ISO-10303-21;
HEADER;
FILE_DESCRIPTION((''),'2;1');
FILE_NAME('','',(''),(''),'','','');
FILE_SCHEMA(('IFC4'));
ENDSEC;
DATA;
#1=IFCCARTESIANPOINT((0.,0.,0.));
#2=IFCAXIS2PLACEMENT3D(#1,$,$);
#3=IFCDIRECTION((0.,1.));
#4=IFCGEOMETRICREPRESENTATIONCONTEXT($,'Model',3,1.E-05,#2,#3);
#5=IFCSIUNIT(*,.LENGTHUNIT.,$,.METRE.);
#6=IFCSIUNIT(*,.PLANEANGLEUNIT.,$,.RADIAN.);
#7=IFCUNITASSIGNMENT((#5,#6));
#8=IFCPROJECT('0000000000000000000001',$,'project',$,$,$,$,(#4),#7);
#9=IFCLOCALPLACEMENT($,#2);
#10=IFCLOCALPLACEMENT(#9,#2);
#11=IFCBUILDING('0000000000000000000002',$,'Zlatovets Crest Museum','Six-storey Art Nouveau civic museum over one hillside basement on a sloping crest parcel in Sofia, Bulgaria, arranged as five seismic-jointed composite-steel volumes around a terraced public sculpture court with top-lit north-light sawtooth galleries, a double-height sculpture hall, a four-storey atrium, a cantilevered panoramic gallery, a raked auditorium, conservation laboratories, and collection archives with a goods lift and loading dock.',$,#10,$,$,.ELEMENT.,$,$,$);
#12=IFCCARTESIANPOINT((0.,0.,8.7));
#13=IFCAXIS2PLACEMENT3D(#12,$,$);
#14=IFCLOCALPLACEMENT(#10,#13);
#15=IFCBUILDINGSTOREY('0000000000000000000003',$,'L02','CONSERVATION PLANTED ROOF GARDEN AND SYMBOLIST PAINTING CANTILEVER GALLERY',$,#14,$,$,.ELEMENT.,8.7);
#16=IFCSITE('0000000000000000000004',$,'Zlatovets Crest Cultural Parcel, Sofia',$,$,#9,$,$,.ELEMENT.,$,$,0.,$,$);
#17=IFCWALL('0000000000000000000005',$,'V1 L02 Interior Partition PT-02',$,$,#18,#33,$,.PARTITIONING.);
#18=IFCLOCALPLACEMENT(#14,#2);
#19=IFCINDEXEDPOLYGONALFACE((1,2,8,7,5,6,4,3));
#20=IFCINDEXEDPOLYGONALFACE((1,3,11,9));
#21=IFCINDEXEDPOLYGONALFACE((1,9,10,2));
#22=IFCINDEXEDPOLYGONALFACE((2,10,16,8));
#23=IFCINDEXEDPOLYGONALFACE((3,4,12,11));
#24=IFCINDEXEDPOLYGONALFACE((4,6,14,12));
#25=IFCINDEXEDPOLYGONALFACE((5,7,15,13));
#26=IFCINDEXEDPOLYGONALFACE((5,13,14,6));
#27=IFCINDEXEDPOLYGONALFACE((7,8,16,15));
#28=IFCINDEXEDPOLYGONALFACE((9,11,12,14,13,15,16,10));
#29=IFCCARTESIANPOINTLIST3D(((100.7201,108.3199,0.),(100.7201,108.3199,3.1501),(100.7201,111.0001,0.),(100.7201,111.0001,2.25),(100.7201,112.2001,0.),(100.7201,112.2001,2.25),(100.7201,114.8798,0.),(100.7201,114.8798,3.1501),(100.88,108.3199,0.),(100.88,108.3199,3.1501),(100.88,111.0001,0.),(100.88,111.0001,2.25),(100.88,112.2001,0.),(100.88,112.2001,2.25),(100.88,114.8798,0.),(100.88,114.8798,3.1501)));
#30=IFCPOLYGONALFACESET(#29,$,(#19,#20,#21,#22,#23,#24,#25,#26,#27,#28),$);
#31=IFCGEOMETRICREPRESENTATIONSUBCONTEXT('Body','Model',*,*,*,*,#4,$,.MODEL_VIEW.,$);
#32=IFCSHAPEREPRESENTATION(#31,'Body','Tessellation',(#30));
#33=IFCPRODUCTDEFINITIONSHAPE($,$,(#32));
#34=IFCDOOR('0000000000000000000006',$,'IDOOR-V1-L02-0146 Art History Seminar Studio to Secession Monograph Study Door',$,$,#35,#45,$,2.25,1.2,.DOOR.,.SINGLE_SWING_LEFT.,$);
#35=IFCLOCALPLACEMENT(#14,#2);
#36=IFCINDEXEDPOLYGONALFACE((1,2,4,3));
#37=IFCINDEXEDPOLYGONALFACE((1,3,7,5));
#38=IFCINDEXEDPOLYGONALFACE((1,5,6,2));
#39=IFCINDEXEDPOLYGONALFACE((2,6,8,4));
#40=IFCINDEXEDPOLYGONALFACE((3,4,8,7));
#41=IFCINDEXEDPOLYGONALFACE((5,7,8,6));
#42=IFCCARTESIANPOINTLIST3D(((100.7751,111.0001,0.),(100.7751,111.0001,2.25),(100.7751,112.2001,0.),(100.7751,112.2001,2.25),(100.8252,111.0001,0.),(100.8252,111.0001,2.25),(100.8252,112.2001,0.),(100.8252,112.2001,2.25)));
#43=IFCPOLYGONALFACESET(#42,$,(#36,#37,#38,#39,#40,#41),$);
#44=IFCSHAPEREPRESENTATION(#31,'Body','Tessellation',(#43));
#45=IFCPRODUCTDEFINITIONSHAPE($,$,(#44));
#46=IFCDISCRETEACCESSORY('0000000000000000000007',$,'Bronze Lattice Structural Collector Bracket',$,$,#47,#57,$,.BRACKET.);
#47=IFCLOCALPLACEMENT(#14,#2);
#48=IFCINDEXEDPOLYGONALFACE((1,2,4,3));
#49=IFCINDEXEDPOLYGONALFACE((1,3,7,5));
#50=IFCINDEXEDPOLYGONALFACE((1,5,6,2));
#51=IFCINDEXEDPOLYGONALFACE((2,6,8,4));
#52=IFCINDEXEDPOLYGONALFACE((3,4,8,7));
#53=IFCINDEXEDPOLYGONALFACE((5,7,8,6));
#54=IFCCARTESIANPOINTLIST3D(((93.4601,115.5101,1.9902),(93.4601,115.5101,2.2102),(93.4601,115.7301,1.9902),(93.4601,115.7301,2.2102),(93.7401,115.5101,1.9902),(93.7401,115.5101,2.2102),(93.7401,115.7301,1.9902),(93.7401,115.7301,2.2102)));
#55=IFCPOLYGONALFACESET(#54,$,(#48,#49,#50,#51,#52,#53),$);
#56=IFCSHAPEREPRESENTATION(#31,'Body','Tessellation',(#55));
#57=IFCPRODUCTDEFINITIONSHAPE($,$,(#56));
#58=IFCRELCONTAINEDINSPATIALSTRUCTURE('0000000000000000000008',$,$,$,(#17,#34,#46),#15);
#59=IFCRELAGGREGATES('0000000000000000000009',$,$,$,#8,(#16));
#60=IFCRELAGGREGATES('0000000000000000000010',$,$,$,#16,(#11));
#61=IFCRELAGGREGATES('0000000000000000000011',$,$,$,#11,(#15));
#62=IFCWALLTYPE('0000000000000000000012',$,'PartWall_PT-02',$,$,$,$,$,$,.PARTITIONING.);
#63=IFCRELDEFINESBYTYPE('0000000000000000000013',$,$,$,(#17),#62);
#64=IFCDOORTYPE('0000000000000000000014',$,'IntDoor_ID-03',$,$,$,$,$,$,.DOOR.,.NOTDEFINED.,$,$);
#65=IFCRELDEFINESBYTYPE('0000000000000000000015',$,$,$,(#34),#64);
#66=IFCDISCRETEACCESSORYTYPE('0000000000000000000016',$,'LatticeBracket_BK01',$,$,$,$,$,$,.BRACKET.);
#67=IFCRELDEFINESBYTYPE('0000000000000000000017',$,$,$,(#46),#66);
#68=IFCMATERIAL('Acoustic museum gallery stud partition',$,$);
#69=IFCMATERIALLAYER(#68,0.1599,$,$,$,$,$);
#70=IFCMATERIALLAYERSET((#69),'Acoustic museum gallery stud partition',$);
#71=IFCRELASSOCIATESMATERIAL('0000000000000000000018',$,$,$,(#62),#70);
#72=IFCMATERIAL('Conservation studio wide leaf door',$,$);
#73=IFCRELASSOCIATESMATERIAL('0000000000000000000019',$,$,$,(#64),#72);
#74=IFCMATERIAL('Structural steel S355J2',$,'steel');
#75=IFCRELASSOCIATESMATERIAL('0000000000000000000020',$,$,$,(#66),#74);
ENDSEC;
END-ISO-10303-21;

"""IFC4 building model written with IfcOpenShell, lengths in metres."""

from ifc_helpers import new_model, si_unit, direction, frame, frame_2d, origin, origin_2d, place, context, subcontext, project, spatial, rectangle, extrude, material, layer, layer_set, type_object, element, fill, save


model = new_model("IFC4")

# Units and contexts
model_context = context("Model", 3, precision=1e-05, world=origin(), true_north=direction((0.0, 1.0)))
body_context = subcontext(model_context, "Body", "Model", "MODEL_VIEW")
ifc_project = project(units=[si_unit("LENGTHUNIT", "METRE"), si_unit("PLANEANGLEUNIT", "RADIAN")], contexts=[model_context])

# Site, building, storey
site_placement = place(None, origin())
site = spatial("IfcSite", under=ifc_project, at=site_placement, Name="Zlatovets Crest Cultural Parcel, Sofia", CompositionType="ELEMENT", RefElevation=0.0)
building_placement = place(site_placement, origin())
building = spatial("IfcBuilding", under=site, at=building_placement, Name="Zlatovets Crest Museum", Description="Six-storey Art Nouveau civic museum over one hillside basement on a sloping crest parcel in Sofia, Bulgaria, arranged as five seismic-jointed composite-steel volumes around a terraced public sculpture court with top-lit north-light sawtooth galleries, a double-height sculpture hall, a four-storey atrium, a cantilevered panoramic gallery, a raked auditorium, conservation laboratories, and collection archives with a goods lift and loading dock.", CompositionType="ELEMENT")
storey_placement = place(building_placement, frame((0.0, 0.0, 8.7)))
storey = spatial("IfcBuildingStorey", under=building, at=storey_placement, Name="L02", Description="CONSERVATION PLANTED ROOF GARDEN AND SYMBOLIST PAINTING CANTILEVER GALLERY", CompositionType="ELEMENT", Elevation=8.7)

# Shared definitions
ifc_material_1 = material(Name="Structural steel S355J2", Category="steel")

# Wall, opening, door
ifc_material_2 = material(Name="Acoustic museum gallery stud partition")
ifc_layer_1 = layer(ifc_material_2, 0.1599)
ifc_layer_set_1 = layer_set([ifc_layer_1], Name="Acoustic museum gallery stud partition")
wall_type_1 = type_object("IfcWallType", Name="PartWall_PT-02", PredefinedType="PARTITIONING", material=ifc_layer_set_1)
wall_placement = place(storey_placement, frame((100.8, 108.3201, 0.0), z_axis=(0.0, 0.0, 1.0), x_axis=(0.0, 1.0, 0.0)))
wall = element("IfcWall", 1, at=wall_placement, inside=storey, type_object=wall_type_1, Name="V1 L02 Interior Partition PT-02", PredefinedType="PARTITIONING", context=body_context, shape_type="SweptSolid", body=[
    extrude(rectangle(XDim=6.5598, YDim=0.1599, at=frame_2d((3.2798, 0.0))), origin(), (0.0, 0.0, 1.0), 3.1501),
])
opening_placement = place(wall_placement, frame((2.6799, 0.0, 0.0)))
opening = element("IfcOpeningElement", 2, at=opening_placement, cuts=wall, PredefinedType="OPENING", context=body_context, shape_type="SweptSolid", body=[
    extrude(rectangle(XDim=1.2, YDim=2.25, at=frame_2d((0.6001, 1.125))), frame((0.0, 0.0898, 0.0), z_axis=(0.0, -1.0, 0.0), x_axis=(1.0, 0.0, 0.0)), (0.0, 0.0, 1.0), 0.1799),
])
ifc_material_3 = material(Name="Conservation studio wide leaf door")
door_type = type_object("IfcDoorType", Name="IntDoor_ID-03", OperationType="NOTDEFINED", PredefinedType="DOOR", material=ifc_material_3)
door_placement = place(opening_placement, origin())
door = element("IfcDoor", 3, at=door_placement, inside=storey, type_object=door_type, Name="IDOOR-V1-L02-0146 Art History Seminar Studio to Secession Monograph Study Door", OperationType="SINGLE_SWING_LEFT", OverallHeight=2.25, OverallWidth=1.2, PredefinedType="DOOR", context=body_context, shape_type="SweptSolid", body=[
    extrude(rectangle(XDim=1.2, YDim=2.25, at=frame_2d((0.6001, 1.125))), frame((0.0, 0.0249, 0.0), z_axis=(0.0, -1.0, 0.0), x_axis=(1.0, 0.0, 0.0)), (0.0, 0.0, 1.0), 0.05),
])
fill(opening, door)

# Discrete accessory
discrete_accessory_type = type_object("IfcDiscreteAccessoryType", Name="LatticeBracket_BK01", PredefinedType="BRACKET", material=ifc_material_1)
discrete_accessory_placement = place(storey_placement, frame((93.6001, 115.6201, 1.9902), z_axis=(0.0, 0.0, 1.0), x_axis=(1.0, 0.0, 0.0)))
element("IfcDiscreteAccessory", 4, at=discrete_accessory_placement, inside=storey, type_object=discrete_accessory_type, Name="Bronze Lattice Structural Collector Bracket", PredefinedType="BRACKET", context=body_context, shape_type="SweptSolid", body=[
    extrude(rectangle(XDim=0.28, YDim=0.22, at=origin_2d()), origin(), (0.0, 0.0, 1.0), 0.22),
])

save(model, "model.ifc")
